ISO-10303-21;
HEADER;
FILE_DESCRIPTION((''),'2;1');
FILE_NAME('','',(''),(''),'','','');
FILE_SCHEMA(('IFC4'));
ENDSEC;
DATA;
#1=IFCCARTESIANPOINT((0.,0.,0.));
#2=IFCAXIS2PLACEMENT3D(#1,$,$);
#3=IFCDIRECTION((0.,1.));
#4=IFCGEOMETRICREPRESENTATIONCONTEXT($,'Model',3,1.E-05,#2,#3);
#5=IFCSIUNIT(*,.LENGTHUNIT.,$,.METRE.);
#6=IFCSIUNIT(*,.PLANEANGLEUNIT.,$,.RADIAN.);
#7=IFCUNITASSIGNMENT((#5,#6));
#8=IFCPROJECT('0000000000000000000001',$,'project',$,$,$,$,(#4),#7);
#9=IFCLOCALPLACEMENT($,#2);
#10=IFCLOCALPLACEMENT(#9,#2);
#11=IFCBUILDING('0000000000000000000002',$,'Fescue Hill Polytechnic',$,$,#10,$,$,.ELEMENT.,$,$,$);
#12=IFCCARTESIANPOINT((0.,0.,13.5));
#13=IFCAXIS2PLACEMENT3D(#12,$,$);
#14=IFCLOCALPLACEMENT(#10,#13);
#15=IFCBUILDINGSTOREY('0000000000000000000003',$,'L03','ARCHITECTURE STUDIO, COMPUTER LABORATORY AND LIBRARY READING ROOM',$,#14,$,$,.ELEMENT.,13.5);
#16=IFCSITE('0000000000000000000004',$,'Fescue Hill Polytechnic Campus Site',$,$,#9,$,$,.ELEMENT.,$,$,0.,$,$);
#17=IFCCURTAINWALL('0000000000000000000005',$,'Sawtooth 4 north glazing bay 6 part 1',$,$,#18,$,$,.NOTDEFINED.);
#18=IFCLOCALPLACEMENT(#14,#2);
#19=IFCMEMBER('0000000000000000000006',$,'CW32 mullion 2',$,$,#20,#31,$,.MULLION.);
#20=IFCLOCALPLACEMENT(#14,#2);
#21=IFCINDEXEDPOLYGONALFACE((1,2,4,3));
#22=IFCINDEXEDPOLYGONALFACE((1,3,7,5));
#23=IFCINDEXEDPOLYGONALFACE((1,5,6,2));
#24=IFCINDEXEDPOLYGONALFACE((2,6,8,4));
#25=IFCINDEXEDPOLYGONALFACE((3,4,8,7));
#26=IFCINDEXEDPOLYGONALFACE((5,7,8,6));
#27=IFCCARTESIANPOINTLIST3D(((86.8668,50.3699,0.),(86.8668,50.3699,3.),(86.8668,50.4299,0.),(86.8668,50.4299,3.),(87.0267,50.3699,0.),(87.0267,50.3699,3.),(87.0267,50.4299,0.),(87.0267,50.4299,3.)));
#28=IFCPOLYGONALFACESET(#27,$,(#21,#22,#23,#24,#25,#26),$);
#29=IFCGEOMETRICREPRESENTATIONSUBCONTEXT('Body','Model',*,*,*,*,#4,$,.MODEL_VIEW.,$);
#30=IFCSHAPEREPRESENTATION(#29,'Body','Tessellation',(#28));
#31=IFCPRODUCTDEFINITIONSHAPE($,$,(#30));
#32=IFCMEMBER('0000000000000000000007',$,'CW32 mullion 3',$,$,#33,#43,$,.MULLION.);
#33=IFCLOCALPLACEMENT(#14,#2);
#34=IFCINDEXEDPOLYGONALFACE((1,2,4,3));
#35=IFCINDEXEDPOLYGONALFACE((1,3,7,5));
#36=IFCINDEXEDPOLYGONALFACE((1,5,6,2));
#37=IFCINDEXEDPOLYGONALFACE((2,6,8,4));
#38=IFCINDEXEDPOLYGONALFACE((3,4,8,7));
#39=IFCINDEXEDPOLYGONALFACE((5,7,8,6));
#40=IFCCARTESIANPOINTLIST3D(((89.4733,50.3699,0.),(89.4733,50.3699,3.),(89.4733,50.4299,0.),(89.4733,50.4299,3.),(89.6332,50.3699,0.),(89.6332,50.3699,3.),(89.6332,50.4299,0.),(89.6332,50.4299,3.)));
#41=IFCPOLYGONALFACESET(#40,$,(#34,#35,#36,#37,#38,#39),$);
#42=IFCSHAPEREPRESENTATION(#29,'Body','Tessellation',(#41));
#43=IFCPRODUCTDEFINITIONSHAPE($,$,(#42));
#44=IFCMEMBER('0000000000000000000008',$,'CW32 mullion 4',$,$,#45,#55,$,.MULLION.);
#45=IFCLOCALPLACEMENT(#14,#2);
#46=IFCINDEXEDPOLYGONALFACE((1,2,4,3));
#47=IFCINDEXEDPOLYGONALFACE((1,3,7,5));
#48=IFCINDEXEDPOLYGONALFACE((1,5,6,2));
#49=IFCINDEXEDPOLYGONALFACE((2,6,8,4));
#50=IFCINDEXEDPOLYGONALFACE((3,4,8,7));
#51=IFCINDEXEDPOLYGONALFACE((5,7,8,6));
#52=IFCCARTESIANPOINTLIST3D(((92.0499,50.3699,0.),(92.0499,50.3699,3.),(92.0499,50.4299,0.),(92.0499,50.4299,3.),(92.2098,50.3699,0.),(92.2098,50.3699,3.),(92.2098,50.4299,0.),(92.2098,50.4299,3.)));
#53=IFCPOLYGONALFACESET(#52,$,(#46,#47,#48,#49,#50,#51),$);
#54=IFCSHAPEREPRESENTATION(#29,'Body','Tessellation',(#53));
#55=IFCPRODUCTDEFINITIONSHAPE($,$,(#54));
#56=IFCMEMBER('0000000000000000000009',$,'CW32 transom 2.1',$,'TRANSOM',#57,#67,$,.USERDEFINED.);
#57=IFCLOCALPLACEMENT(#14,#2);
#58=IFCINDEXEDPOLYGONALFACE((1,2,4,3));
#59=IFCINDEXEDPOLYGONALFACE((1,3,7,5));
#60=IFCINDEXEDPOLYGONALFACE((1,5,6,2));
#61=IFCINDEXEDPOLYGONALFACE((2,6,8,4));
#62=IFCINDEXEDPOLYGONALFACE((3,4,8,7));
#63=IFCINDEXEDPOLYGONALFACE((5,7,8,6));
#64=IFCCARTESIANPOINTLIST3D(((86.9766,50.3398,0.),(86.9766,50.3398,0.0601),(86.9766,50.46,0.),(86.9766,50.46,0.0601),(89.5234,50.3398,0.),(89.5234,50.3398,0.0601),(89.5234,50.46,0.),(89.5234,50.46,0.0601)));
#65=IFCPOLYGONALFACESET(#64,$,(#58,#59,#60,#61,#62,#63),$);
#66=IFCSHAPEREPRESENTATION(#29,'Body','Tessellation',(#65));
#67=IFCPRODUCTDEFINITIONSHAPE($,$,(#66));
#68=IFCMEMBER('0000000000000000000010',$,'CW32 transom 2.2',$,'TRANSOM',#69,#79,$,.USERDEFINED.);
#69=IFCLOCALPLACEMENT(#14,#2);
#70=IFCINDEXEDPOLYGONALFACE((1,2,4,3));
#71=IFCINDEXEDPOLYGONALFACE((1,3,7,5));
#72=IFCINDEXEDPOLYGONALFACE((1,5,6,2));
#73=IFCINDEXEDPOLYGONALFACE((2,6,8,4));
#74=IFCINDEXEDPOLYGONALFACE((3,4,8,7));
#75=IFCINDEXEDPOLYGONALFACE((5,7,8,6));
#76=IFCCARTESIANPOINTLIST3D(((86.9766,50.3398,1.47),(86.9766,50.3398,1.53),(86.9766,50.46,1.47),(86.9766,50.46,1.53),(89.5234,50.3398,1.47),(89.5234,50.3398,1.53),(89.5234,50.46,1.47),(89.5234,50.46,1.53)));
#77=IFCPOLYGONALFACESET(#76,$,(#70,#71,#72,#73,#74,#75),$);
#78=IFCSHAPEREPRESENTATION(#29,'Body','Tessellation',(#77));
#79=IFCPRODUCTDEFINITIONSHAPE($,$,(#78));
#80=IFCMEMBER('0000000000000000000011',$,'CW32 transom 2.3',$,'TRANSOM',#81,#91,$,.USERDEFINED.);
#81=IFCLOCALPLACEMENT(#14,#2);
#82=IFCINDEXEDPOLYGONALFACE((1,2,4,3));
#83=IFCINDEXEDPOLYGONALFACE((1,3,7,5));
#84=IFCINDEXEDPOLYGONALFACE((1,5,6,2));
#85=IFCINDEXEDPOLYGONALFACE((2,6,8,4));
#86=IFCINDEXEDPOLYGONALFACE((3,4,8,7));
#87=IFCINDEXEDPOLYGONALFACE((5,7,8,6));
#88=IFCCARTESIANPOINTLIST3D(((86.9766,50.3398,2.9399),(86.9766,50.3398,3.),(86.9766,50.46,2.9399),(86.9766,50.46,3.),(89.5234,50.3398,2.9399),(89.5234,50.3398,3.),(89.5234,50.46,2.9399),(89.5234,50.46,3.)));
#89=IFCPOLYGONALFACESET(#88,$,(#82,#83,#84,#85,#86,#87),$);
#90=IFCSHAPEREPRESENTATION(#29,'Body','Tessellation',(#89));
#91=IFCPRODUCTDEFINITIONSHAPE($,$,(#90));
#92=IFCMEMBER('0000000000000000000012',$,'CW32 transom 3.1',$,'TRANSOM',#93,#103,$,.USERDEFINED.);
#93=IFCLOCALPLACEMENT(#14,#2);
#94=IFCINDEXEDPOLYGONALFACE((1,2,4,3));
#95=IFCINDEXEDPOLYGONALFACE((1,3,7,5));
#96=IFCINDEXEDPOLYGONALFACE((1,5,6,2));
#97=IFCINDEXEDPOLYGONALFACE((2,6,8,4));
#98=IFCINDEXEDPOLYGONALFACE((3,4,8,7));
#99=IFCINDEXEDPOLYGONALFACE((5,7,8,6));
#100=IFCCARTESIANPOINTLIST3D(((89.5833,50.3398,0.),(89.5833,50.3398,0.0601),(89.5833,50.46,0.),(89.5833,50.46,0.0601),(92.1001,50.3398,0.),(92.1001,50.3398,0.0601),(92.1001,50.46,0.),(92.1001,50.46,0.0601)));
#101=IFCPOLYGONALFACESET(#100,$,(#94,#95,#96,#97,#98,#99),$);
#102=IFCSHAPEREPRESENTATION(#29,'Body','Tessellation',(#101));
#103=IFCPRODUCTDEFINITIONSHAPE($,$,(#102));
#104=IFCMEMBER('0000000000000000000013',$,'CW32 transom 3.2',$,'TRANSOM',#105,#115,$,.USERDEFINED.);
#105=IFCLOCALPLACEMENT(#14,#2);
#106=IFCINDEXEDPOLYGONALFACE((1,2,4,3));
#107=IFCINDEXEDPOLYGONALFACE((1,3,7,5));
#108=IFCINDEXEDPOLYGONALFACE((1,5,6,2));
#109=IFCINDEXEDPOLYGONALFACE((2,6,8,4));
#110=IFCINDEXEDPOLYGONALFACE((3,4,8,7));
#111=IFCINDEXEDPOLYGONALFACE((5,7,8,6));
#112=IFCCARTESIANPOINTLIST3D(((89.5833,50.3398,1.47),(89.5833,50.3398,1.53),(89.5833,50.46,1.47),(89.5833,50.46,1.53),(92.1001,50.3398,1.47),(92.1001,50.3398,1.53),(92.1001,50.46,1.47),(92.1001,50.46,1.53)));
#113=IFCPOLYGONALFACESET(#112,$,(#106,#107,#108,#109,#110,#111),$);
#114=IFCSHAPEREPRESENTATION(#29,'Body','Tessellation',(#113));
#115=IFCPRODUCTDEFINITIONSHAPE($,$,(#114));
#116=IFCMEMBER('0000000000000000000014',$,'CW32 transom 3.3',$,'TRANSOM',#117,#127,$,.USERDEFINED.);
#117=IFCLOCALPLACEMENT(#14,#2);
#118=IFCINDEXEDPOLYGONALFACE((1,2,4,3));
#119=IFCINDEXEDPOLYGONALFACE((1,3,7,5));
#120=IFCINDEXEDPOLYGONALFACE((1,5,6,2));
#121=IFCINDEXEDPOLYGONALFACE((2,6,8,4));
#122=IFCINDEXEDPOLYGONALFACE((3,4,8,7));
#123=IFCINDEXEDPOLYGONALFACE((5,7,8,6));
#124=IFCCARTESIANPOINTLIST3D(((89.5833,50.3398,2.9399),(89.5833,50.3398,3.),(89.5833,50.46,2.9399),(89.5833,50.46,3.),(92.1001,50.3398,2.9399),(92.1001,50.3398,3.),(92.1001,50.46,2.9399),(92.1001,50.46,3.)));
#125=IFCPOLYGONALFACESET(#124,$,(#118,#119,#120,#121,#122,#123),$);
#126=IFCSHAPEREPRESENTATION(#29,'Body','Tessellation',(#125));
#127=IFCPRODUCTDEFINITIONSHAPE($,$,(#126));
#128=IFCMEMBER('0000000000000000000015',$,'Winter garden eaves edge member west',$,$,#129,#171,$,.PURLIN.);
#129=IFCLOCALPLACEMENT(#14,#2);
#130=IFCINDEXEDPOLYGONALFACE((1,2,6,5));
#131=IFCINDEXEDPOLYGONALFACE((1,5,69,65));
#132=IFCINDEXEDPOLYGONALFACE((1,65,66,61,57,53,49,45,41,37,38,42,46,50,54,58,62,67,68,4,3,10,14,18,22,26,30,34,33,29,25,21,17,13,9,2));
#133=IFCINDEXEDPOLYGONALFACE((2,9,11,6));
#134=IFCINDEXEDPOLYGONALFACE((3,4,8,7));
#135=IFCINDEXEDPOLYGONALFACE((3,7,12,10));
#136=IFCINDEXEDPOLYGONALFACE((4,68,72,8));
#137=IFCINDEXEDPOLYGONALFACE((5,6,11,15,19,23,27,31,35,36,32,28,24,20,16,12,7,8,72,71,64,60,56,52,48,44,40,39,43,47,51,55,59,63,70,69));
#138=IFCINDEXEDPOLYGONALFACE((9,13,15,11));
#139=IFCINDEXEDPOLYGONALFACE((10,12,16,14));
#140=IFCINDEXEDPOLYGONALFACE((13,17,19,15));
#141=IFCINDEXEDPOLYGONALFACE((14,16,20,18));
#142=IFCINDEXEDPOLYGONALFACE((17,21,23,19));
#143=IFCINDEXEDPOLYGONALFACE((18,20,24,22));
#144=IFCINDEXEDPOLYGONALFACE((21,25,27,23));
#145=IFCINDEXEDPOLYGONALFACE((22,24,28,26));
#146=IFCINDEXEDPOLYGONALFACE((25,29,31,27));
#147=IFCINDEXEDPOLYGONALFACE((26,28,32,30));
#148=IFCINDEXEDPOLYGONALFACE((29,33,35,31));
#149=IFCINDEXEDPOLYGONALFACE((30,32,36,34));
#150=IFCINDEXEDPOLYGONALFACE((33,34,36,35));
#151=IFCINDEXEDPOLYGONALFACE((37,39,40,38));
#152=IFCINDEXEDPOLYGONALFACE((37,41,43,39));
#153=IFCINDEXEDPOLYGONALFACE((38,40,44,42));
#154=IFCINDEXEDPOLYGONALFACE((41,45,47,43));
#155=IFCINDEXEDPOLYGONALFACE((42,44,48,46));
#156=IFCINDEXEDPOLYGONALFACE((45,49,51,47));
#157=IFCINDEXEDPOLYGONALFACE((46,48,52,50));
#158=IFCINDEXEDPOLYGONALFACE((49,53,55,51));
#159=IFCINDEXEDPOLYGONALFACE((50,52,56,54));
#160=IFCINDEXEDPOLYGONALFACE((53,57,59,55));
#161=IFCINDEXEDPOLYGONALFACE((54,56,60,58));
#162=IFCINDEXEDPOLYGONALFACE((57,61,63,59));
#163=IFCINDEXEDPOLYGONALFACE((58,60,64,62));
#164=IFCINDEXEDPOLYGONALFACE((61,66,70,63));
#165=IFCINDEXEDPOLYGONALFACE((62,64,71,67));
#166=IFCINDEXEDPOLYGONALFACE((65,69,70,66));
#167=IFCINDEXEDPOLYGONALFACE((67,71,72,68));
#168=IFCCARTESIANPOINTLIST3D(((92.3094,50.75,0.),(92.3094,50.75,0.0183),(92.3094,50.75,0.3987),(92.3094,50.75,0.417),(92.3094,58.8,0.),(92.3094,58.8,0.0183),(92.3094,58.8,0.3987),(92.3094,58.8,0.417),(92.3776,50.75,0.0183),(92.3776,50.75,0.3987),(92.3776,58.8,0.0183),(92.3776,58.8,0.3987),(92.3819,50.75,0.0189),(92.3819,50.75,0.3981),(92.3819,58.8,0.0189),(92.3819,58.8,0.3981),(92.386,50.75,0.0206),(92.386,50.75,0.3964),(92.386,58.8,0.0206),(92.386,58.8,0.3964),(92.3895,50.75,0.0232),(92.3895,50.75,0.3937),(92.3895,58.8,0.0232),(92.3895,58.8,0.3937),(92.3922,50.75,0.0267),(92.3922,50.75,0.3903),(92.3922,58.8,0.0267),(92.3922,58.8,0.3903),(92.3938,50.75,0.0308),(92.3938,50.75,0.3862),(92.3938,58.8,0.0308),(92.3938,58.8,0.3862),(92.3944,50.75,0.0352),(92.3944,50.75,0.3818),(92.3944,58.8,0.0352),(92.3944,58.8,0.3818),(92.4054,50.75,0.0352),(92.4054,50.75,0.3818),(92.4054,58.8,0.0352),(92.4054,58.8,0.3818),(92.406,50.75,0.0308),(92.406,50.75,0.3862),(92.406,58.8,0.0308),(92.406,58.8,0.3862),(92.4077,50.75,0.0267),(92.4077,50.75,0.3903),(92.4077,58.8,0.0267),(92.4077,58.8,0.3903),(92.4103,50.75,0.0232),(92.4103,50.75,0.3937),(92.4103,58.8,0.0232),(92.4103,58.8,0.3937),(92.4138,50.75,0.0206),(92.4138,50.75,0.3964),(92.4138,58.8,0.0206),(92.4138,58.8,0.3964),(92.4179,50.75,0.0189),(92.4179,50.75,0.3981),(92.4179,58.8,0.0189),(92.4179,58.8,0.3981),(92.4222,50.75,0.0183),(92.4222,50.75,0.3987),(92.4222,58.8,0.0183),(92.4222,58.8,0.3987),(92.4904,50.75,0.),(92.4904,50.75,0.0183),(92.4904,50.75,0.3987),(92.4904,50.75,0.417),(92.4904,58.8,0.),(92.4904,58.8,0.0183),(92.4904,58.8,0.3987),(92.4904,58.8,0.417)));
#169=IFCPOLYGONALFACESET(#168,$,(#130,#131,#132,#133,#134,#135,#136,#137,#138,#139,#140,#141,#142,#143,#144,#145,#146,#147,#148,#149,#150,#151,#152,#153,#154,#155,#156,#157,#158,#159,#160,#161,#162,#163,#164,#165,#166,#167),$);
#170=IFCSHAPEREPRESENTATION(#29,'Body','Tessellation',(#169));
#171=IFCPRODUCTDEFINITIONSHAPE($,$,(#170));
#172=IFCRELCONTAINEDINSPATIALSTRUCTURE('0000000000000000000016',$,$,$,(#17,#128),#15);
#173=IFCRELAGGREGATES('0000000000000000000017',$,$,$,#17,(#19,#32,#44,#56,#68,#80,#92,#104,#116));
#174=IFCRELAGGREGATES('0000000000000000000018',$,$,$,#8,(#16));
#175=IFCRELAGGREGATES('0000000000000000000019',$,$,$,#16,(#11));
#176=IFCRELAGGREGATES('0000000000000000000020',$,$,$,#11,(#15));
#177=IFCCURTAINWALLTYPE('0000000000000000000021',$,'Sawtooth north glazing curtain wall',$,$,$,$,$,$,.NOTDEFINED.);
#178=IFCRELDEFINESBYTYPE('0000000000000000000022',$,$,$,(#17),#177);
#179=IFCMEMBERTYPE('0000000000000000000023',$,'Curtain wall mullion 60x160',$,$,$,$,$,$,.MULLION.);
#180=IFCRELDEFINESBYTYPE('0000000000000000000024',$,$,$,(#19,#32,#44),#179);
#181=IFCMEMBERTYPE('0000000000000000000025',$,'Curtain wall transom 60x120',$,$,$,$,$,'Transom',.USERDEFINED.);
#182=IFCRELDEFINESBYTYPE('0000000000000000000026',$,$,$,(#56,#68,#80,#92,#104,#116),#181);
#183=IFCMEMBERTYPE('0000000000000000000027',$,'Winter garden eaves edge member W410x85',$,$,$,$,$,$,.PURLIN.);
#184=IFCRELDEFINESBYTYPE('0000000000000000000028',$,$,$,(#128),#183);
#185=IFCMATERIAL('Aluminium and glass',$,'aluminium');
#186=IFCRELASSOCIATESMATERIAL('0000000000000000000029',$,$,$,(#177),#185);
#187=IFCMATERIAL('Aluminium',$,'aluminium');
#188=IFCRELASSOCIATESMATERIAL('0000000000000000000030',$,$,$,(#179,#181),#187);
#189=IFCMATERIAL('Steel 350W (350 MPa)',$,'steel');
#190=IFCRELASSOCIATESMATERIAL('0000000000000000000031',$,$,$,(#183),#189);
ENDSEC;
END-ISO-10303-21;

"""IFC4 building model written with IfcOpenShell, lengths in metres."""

from ifc_helpers import new_model, si_unit, direction, frame, origin, origin_2d, place, context, subcontext, project, spatial, rectangle, i_section, extrude, material, material_profile, profile_set, type_object, element, aggregate, save


model = new_model("IFC4")

# Units and contexts
model_context = context("Model", 3, precision=1e-05, world=origin(), true_north=direction((0.0, 1.0)))
body_context = subcontext(model_context, "Body", "Model", "MODEL_VIEW")
ifc_project = project(units=[si_unit("LENGTHUNIT", "METRE"), si_unit("PLANEANGLEUNIT", "RADIAN")], contexts=[model_context])

# Site, building, storey
site_placement = place(None, origin())
site = spatial("IfcSite", under=ifc_project, at=site_placement, Name="Fescue Hill Polytechnic Campus Site", CompositionType="ELEMENT", RefElevation=0.0)
building_placement = place(site_placement, origin())
building = spatial("IfcBuilding", under=site, at=building_placement, Name="Fescue Hill Polytechnic", CompositionType="ELEMENT")
storey_placement = place(building_placement, frame((0.0, 0.0, 13.5)))
storey = spatial("IfcBuildingStorey", under=building, at=storey_placement, Name="L03", Description="ARCHITECTURE STUDIO, COMPUTER LABORATORY AND LIBRARY READING ROOM", CompositionType="ELEMENT", Elevation=13.5)

# Curtain wall, members
ifc_material_1 = material(Name="Aluminium and glass", Category="aluminium")
curtain_wall_type = type_object("IfcCurtainWallType", Name="Sawtooth north glazing curtain wall", PredefinedType="NOTDEFINED", material=ifc_material_1)
curtain_wall_placement = place(storey_placement, origin())
curtain_wall = element("IfcCurtainWall", 1, at=curtain_wall_placement, inside=storey, type_object=curtain_wall_type, Name="Sawtooth 4 north glazing bay 6 part 1", PredefinedType="NOTDEFINED")
ifc_material_2 = material(Name="Aluminium", Category="aluminium")
ifc_material_profile_1 = material_profile(ifc_material_2, rectangle(XDim=0.0601, YDim=0.1599, at=origin_2d()), Name="Curtain wall mullion 60x160")
ifc_profile_set_1 = profile_set([ifc_material_profile_1], Name="Aluminium")
member_type_1 = type_object("IfcMemberType", Name="Curtain wall mullion 60x160", PredefinedType="MULLION", material=ifc_profile_set_1)
member_1_placement = place(storey_placement, frame((86.9468, 50.3999, 0.0), z_axis=(0.0, 0.0, 1.0), x_axis=(0.0, 1.0, 0.0)))
member_1 = element("IfcMember", 2, at=member_1_placement, type_object=member_type_1, Name="CW32 mullion 2", PredefinedType="MULLION", context=body_context, shape_type="SweptSolid", body=[
    extrude(rectangle(XDim=0.0601, YDim=0.1599, at=origin_2d()), origin(), (0.0, 0.0, 1.0), 3.0),
])
member_2_placement = place(storey_placement, frame((89.5532, 50.3999, 0.0), z_axis=(0.0, 0.0, 1.0), x_axis=(0.0, 1.0, 0.0)))
member_2 = element("IfcMember", 3, at=member_2_placement, type_object=member_type_1, Name="CW32 mullion 3", PredefinedType="MULLION", context=body_context, shape_type="SweptSolid", body=[
    extrude(rectangle(XDim=0.0601, YDim=0.1599, at=origin_2d()), origin(), (0.0, 0.0, 1.0), 3.0),
])
member_3_placement = place(storey_placement, frame((92.1299, 50.3999, 0.0), z_axis=(0.0, 0.0, 1.0), x_axis=(0.0, 1.0, 0.0)))
member_3 = element("IfcMember", 4, at=member_3_placement, type_object=member_type_1, Name="CW32 mullion 4", PredefinedType="MULLION", context=body_context, shape_type="SweptSolid", body=[
    extrude(rectangle(XDim=0.0601, YDim=0.1599, at=origin_2d()), origin(), (0.0, 0.0, 1.0), 3.0),
])
ifc_material_profile_2 = material_profile(ifc_material_2, rectangle(XDim=0.1201, YDim=0.0601, at=origin_2d()), Name="Curtain wall transom 60x120")
ifc_profile_set_2 = profile_set([ifc_material_profile_2], Name="Aluminium")
member_type_2 = type_object("IfcMemberType", Name="Curtain wall transom 60x120", ElementType="Transom", PredefinedType="USERDEFINED", material=ifc_profile_set_2)
member_4_placement = place(storey_placement, frame((86.9766, 50.3999, 0.03), z_axis=(1.0, 0.0, 0.0), x_axis=(0.0, 1.0, 0.0)))
member_4 = element("IfcMember", 5, at=member_4_placement, type_object=member_type_2, Name="CW32 transom 2.1", ObjectType="TRANSOM", PredefinedType="USERDEFINED", context=body_context, shape_type="SweptSolid", body=[
    extrude(rectangle(XDim=0.1201, YDim=0.0601, at=origin_2d()), origin(), (0.0, 0.0, 1.0), 2.5469),
])
member_5_placement = place(storey_placement, frame((86.9766, 50.3999, 1.5), z_axis=(1.0, 0.0, 0.0), x_axis=(0.0, 1.0, 0.0)))
member_5 = element("IfcMember", 6, at=member_5_placement, type_object=member_type_2, Name="CW32 transom 2.2", ObjectType="TRANSOM", PredefinedType="USERDEFINED", context=body_context, shape_type="SweptSolid", body=[
    extrude(rectangle(XDim=0.1201, YDim=0.0601, at=origin_2d()), origin(), (0.0, 0.0, 1.0), 2.5469),
])
member_6_placement = place(storey_placement, frame((86.9766, 50.3999, 2.97), z_axis=(1.0, 0.0, 0.0), x_axis=(0.0, 1.0, 0.0)))
member_6 = element("IfcMember", 7, at=member_6_placement, type_object=member_type_2, Name="CW32 transom 2.3", ObjectType="TRANSOM", PredefinedType="USERDEFINED", context=body_context, shape_type="SweptSolid", body=[
    extrude(rectangle(XDim=0.1201, YDim=0.0601, at=origin_2d()), origin(), (0.0, 0.0, 1.0), 2.5469),
])
member_7_placement = place(storey_placement, frame((89.5833, 50.3999, 0.03), z_axis=(1.0, 0.0, 0.0), x_axis=(0.0, 1.0, 0.0)))
member_7 = element("IfcMember", 8, at=member_7_placement, type_object=member_type_2, Name="CW32 transom 3.1", ObjectType="TRANSOM", PredefinedType="USERDEFINED", context=body_context, shape_type="SweptSolid", body=[
    extrude(rectangle(XDim=0.1201, YDim=0.0601, at=origin_2d()), origin(), (0.0, 0.0, 1.0), 2.5168),
])
member_8_placement = place(storey_placement, frame((89.5833, 50.3999, 1.5), z_axis=(1.0, 0.0, 0.0), x_axis=(0.0, 1.0, 0.0)))
member_8 = element("IfcMember", 9, at=member_8_placement, type_object=member_type_2, Name="CW32 transom 3.2", ObjectType="TRANSOM", PredefinedType="USERDEFINED", context=body_context, shape_type="SweptSolid", body=[
    extrude(rectangle(XDim=0.1201, YDim=0.0601, at=origin_2d()), origin(), (0.0, 0.0, 1.0), 2.5168),
])
member_9_placement = place(storey_placement, frame((89.5833, 50.3999, 2.97), z_axis=(1.0, 0.0, 0.0), x_axis=(0.0, 1.0, 0.0)))
member_9 = element("IfcMember", 10, at=member_9_placement, type_object=member_type_2, Name="CW32 transom 3.3", ObjectType="TRANSOM", PredefinedType="USERDEFINED", context=body_context, shape_type="SweptSolid", body=[
    extrude(rectangle(XDim=0.1201, YDim=0.0601, at=origin_2d()), origin(), (0.0, 0.0, 1.0), 2.5168),
])

# Member
ifc_material_3 = material(Name="Steel 350W (350 MPa)", Category="steel")
ifc_material_profile_3 = material_profile(ifc_material_3, i_section(OverallWidth=0.1809, OverallDepth=0.417, WebThickness=0.011, FlangeThickness=0.0183, FilletRadius=0.0168, at=origin_2d()), Name="W410x85")
ifc_profile_set_3 = profile_set([ifc_material_profile_3], Name="Steel 350W (350 MPa)")
member_type_3 = type_object("IfcMemberType", Name="Winter garden eaves edge member W410x85", PredefinedType="PURLIN", material=ifc_profile_set_3)
member_10_placement = place(storey_placement, frame((92.3999, 50.75, 0.2085), z_axis=(0.0, 1.0, 0.0), x_axis=(-1.0, 0.0, 0.0)))
element("IfcMember", 11, at=member_10_placement, inside=storey, type_object=member_type_3, Name="Winter garden eaves edge member west", PredefinedType="PURLIN", context=body_context, shape_type="SweptSolid", body=[
    extrude(i_section(OverallWidth=0.1809, OverallDepth=0.417, WebThickness=0.011, FlangeThickness=0.0183, FilletRadius=0.0168, at=origin_2d()), origin(), (0.0, 0.0, 1.0), 8.05),
])

aggregate(curtain_wall, [member_1, member_2, member_3, member_4, member_5, member_6, member_7, member_8, member_9])

save(model, "model.ifc")
